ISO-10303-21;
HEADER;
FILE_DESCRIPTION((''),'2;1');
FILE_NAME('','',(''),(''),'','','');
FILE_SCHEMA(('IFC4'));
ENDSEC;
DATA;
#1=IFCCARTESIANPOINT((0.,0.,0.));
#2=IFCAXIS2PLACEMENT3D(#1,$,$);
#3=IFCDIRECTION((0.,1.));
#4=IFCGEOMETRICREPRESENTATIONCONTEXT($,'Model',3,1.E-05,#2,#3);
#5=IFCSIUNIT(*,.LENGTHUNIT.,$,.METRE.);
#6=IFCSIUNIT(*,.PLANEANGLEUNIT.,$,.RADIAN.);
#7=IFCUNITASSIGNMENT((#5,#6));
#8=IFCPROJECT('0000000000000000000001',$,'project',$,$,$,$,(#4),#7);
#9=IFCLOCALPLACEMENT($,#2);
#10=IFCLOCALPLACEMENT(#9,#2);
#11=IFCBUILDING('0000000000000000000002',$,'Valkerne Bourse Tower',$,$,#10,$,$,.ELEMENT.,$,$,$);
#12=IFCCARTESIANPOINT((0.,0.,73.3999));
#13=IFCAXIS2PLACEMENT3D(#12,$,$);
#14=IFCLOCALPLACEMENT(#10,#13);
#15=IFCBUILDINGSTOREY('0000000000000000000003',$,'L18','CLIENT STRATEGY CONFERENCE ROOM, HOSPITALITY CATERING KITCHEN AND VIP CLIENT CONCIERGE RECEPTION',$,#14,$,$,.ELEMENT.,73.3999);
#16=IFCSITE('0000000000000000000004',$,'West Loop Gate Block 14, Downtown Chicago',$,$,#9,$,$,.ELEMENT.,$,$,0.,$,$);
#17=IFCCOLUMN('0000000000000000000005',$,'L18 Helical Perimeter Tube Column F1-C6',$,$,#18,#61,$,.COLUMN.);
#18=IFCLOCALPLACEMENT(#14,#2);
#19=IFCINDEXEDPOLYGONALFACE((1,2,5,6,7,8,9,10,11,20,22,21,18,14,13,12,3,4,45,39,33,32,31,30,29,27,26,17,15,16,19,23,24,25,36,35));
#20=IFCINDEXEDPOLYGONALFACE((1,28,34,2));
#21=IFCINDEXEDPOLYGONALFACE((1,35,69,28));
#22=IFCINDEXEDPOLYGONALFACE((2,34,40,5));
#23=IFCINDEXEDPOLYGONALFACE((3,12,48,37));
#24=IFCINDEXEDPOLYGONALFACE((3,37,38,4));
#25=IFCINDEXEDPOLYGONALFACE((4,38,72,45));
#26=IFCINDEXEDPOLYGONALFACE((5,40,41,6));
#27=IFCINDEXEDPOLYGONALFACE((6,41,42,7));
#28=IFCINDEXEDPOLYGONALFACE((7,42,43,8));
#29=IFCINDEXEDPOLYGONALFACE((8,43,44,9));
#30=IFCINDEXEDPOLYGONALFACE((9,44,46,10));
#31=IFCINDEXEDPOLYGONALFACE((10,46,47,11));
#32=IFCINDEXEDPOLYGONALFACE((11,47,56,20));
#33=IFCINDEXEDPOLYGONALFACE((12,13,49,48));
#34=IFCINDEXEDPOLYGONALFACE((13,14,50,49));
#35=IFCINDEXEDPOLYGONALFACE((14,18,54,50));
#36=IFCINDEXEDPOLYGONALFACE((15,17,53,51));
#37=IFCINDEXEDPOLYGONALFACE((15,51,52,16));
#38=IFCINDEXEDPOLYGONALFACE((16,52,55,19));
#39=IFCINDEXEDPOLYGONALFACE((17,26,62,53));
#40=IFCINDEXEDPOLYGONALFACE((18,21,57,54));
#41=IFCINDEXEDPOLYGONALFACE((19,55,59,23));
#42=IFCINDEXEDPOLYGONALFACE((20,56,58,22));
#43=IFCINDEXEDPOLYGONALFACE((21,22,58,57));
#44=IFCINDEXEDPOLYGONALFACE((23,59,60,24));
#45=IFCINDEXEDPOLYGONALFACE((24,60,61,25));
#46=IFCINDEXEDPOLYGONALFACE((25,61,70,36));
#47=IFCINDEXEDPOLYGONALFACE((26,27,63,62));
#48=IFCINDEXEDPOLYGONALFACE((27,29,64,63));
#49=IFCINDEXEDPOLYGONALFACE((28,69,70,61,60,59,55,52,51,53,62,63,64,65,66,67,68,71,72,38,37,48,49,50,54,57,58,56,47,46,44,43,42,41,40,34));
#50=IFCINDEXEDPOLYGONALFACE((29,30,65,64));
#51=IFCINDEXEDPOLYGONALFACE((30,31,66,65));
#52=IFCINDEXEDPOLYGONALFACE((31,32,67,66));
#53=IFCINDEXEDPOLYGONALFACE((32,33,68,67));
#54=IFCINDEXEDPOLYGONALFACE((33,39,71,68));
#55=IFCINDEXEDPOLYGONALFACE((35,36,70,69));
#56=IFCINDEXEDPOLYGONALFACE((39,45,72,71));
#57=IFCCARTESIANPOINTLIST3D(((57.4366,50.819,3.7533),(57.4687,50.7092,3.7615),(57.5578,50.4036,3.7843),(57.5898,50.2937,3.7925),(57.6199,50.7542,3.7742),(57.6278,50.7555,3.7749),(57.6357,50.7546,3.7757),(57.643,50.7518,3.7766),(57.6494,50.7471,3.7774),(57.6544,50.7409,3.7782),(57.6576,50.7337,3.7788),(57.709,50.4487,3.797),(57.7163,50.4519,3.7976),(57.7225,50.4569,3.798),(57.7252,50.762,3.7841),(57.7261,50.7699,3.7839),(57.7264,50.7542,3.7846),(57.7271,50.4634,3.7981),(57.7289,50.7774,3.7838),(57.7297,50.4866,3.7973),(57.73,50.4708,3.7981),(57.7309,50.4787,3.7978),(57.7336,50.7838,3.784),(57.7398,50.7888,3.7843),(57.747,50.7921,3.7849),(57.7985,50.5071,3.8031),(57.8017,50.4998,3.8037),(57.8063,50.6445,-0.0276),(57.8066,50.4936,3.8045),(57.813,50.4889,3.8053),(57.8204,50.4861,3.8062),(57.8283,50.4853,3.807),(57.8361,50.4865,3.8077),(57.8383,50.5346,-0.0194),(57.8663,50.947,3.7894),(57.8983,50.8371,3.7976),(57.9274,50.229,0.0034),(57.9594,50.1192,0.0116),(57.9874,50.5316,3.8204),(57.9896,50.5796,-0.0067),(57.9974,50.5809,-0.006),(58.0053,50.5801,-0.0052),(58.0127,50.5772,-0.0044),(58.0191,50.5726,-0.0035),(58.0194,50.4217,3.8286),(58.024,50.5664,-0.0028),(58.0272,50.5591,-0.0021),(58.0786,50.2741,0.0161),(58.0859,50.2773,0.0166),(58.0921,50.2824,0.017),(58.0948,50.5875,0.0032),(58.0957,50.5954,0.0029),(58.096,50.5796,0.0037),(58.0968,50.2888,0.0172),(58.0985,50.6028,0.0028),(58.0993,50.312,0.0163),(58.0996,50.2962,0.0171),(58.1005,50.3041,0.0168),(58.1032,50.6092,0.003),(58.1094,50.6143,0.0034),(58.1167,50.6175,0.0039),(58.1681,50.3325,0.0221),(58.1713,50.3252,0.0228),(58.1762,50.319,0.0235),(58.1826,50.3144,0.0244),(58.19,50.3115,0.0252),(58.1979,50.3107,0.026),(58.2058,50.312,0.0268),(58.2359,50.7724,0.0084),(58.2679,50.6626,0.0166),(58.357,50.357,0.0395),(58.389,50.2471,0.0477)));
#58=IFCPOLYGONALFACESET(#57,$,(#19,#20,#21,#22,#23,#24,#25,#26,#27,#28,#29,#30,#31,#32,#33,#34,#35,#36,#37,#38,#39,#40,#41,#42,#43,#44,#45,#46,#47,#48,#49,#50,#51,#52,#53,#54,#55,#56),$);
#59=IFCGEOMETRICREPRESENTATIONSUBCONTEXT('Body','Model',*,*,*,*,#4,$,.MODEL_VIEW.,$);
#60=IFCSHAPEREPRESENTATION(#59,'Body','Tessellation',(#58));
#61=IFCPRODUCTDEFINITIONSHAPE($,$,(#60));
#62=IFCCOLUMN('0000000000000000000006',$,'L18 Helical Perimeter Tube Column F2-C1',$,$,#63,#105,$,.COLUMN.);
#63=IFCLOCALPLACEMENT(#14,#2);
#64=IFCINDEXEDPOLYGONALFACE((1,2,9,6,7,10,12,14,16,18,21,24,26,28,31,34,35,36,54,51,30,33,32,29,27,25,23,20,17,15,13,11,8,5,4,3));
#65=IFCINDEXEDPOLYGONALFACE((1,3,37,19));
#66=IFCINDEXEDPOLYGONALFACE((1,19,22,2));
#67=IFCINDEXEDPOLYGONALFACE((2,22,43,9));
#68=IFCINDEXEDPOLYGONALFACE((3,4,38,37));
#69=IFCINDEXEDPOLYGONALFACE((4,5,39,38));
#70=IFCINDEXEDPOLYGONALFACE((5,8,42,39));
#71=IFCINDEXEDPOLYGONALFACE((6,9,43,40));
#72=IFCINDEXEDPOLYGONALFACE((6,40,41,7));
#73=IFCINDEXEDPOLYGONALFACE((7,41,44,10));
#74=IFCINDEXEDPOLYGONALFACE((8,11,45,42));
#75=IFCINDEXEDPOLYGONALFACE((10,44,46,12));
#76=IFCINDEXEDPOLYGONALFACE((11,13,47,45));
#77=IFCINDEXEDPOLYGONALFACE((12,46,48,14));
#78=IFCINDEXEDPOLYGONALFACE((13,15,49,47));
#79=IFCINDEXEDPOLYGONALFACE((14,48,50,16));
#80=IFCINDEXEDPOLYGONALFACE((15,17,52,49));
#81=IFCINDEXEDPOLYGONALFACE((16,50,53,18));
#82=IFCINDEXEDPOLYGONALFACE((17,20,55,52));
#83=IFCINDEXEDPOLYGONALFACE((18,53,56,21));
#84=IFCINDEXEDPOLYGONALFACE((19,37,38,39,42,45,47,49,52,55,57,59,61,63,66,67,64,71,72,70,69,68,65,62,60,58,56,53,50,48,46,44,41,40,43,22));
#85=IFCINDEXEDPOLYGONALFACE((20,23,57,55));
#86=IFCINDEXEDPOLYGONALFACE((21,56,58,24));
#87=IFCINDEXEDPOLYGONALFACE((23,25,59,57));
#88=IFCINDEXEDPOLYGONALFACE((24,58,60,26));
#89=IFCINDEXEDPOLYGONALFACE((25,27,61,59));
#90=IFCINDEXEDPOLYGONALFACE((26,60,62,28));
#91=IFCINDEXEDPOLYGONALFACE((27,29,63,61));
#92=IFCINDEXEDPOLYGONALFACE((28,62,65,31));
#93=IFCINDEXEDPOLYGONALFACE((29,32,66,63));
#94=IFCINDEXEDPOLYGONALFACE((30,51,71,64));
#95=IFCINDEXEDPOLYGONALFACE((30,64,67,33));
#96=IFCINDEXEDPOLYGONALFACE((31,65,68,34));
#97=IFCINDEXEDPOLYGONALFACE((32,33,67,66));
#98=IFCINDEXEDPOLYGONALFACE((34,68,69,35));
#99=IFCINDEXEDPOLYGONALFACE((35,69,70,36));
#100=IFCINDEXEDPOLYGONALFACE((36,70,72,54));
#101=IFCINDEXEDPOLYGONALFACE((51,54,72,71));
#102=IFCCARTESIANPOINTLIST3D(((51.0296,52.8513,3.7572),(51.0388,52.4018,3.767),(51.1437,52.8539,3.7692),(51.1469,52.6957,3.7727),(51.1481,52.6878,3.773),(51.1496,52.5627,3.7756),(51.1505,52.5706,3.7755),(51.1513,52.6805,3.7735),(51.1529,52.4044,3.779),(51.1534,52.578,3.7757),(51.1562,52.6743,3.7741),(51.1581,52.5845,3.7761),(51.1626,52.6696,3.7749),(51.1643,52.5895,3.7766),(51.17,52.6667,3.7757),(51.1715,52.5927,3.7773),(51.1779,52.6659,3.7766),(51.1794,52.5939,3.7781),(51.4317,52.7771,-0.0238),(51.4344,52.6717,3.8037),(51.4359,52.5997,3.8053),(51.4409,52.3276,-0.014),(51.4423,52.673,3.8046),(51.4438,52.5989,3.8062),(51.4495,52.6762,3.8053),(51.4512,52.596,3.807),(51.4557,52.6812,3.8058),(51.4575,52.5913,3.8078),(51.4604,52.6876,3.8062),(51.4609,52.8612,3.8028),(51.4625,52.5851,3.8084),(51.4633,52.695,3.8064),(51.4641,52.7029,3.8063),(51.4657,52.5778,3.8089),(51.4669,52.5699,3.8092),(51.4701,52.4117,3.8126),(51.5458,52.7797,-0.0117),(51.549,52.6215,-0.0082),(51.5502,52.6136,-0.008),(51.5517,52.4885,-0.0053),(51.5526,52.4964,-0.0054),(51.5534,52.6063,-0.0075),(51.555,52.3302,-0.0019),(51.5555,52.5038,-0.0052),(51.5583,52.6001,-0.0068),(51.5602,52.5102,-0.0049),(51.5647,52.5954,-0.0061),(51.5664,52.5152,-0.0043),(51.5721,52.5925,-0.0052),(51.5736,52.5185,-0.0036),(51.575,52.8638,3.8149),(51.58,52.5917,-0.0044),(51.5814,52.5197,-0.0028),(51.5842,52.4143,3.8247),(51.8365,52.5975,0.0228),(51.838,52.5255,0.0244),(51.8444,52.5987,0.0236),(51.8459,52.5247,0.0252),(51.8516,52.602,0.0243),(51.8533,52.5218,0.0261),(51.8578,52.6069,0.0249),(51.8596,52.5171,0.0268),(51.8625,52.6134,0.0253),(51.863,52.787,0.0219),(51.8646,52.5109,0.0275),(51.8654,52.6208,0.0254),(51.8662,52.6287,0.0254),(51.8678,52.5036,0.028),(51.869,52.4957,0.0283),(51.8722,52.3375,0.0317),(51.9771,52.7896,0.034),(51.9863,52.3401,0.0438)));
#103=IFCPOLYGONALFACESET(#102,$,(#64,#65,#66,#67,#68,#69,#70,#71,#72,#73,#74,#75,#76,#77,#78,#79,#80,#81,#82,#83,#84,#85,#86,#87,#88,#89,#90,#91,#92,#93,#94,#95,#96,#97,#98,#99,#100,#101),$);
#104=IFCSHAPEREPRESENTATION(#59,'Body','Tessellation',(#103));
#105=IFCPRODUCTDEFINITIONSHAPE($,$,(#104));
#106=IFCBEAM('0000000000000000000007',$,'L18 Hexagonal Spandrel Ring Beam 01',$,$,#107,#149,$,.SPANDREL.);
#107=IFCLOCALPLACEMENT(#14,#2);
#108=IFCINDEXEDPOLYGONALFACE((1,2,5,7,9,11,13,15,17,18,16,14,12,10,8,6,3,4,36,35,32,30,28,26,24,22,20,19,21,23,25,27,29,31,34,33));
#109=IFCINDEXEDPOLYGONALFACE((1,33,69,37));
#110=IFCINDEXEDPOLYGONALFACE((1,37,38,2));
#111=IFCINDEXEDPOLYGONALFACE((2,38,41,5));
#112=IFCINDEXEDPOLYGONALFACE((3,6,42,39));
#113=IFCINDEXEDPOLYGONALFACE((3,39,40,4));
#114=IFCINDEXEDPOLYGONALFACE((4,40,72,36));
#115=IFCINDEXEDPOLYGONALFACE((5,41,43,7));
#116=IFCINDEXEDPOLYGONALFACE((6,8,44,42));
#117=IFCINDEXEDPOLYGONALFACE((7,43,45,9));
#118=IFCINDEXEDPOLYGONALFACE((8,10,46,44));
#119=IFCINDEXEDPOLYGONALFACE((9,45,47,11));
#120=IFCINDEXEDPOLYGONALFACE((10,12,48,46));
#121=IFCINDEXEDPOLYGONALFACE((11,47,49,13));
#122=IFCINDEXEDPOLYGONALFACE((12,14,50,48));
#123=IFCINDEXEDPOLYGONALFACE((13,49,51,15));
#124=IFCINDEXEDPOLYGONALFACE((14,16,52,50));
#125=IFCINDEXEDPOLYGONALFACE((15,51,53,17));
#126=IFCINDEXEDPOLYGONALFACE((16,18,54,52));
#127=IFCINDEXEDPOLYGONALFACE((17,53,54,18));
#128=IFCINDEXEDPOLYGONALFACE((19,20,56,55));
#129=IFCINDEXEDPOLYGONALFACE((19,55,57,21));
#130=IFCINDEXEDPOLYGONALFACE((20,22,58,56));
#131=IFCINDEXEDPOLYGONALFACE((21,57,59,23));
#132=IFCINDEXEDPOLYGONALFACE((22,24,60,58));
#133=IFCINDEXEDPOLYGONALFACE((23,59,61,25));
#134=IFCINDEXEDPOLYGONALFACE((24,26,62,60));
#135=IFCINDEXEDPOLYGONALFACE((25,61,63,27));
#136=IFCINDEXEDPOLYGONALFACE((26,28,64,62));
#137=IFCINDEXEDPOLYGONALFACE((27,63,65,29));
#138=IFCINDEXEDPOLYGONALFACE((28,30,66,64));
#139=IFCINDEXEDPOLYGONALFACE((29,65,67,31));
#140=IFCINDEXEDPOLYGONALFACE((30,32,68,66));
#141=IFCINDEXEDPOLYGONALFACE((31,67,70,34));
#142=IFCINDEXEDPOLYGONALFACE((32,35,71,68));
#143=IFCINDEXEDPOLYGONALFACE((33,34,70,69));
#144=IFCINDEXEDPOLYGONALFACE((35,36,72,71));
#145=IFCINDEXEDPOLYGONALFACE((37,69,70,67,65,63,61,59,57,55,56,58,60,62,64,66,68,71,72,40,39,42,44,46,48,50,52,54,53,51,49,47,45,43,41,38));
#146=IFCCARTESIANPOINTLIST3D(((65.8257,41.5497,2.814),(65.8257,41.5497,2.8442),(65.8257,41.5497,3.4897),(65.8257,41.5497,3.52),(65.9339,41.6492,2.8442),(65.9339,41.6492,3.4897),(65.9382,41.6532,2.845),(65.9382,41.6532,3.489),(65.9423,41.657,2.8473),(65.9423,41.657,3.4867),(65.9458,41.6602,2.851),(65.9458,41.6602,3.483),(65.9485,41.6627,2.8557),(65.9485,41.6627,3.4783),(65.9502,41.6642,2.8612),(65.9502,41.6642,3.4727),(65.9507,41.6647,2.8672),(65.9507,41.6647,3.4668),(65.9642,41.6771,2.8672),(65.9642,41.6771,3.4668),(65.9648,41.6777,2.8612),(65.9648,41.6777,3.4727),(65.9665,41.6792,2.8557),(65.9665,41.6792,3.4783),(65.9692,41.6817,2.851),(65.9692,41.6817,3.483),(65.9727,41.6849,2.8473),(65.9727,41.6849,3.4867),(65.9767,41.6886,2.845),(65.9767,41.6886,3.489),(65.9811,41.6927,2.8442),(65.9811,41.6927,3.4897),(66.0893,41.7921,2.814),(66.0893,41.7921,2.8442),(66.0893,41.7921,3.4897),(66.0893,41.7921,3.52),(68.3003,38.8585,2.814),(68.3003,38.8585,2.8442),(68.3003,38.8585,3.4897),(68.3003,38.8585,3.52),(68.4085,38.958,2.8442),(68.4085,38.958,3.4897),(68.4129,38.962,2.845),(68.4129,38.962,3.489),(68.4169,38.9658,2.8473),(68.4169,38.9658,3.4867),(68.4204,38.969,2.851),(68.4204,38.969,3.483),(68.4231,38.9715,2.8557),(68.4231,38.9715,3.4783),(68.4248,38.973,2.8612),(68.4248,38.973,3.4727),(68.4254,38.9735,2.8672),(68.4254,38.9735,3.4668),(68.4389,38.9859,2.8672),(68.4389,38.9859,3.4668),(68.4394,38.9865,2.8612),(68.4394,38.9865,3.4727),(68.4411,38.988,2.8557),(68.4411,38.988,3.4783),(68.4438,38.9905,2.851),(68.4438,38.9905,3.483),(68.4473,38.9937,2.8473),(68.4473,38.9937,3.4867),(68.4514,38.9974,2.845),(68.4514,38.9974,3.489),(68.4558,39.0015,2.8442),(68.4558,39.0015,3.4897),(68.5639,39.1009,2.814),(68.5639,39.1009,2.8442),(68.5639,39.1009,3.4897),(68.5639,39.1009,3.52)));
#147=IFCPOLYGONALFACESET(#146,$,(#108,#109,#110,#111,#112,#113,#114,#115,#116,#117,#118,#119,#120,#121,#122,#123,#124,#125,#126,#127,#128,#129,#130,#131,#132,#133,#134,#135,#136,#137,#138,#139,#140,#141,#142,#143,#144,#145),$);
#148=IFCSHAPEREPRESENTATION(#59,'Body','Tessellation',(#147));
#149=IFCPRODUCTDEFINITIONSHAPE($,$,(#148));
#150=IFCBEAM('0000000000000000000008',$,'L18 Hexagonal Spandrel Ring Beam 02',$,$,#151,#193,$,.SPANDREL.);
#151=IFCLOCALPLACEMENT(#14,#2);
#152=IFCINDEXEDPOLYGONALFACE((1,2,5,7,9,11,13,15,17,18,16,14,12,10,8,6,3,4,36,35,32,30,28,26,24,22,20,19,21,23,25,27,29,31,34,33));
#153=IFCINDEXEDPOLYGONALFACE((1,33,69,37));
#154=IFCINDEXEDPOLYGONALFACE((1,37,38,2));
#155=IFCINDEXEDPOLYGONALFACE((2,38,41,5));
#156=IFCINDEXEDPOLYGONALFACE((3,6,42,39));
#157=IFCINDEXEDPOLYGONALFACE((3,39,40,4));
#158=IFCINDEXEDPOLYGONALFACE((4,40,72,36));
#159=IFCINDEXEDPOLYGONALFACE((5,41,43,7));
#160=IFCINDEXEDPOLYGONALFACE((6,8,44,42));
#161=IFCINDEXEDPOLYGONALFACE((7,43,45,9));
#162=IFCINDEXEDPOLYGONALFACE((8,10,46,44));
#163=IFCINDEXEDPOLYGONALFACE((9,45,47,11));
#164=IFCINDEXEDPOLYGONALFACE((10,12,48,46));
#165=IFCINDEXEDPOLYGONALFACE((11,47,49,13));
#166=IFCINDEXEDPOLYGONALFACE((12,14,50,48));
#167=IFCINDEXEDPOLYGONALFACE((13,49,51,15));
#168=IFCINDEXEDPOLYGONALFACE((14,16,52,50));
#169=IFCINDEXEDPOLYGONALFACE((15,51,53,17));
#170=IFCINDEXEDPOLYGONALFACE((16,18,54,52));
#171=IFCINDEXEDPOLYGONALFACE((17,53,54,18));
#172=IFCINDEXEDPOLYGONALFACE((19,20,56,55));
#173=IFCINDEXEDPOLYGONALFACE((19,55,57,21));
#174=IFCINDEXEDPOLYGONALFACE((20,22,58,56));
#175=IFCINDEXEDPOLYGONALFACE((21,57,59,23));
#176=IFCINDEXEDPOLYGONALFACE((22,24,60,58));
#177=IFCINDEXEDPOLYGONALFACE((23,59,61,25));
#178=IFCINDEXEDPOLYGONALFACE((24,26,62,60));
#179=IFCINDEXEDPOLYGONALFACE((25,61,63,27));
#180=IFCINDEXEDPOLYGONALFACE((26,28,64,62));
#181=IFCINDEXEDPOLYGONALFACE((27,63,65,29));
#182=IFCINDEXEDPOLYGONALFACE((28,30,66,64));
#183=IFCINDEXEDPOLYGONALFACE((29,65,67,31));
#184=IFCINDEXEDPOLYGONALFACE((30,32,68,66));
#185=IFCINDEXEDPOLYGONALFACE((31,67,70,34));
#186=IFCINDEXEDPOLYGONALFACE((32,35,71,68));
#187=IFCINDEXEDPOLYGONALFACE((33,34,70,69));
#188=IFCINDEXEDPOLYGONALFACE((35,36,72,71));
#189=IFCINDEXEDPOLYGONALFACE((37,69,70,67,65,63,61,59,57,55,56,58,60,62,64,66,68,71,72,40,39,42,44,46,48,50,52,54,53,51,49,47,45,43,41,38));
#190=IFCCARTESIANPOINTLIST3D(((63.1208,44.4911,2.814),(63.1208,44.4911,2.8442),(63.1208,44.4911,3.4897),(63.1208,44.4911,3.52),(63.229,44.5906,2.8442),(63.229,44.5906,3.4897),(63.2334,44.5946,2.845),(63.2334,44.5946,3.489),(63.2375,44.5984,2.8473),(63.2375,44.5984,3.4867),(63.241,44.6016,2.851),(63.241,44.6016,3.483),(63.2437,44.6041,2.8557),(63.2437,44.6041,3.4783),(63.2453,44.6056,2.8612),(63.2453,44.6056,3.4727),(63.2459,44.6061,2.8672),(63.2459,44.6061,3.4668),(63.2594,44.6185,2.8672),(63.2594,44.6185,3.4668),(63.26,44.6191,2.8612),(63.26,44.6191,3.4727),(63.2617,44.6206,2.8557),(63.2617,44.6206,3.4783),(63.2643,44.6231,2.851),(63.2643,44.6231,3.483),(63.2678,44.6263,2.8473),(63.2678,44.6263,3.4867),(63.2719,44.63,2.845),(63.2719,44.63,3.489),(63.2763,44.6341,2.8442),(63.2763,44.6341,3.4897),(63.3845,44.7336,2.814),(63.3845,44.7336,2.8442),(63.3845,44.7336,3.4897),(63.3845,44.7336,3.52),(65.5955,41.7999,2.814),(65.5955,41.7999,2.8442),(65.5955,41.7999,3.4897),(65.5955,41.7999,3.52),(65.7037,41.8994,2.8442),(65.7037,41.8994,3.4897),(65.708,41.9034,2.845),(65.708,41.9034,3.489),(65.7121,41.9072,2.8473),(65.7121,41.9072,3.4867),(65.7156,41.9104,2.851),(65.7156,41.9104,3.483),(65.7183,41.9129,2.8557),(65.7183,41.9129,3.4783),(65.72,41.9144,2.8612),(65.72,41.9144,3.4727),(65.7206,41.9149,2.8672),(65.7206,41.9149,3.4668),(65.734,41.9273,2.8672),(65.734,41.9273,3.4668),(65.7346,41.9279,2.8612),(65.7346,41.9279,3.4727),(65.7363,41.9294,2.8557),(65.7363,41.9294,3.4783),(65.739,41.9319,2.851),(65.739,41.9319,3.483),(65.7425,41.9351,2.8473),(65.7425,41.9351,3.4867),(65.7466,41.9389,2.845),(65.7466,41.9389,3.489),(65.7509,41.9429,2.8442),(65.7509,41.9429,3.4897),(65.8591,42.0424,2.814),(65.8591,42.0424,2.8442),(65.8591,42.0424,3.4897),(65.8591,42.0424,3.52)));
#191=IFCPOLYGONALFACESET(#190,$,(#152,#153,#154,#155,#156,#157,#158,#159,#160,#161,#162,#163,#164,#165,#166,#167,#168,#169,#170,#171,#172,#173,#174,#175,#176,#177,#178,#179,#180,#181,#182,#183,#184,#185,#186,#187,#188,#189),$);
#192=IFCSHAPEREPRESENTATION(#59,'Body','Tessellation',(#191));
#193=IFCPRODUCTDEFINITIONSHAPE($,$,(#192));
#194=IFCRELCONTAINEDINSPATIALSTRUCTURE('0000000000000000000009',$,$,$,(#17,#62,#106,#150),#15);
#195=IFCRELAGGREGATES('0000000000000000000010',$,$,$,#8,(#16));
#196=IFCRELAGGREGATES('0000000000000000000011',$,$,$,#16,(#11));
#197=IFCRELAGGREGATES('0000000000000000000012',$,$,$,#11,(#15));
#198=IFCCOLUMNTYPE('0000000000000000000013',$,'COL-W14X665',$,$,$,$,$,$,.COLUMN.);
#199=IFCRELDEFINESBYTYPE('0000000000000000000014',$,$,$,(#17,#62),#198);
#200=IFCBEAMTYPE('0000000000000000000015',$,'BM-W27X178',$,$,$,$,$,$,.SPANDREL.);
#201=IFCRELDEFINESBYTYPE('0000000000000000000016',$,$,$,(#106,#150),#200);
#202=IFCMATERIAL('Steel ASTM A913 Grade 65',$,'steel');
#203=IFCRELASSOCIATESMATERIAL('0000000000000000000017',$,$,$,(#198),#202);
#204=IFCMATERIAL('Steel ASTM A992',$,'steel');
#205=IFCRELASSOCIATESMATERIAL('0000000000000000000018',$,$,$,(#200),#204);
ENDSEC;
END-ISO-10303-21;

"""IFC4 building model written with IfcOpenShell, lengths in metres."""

from ifc_helpers import new_model, si_unit, direction, frame, origin, origin_2d, place, context, subcontext, project, spatial, i_section, extrude, material, material_profile, profile_set, type_object, element, save


model = new_model("IFC4")

# Units and contexts
model_context = context("Model", 3, precision=1e-05, world=origin(), true_north=direction((0.0, 1.0)))
body_context = subcontext(model_context, "Body", "Model", "MODEL_VIEW")
ifc_project = project(units=[si_unit("LENGTHUNIT", "METRE"), si_unit("PLANEANGLEUNIT", "RADIAN")], contexts=[model_context])

# Site, building, storey
site_placement = place(None, origin())
site = spatial("IfcSite", under=ifc_project, at=site_placement, Name="West Loop Gate Block 14, Downtown Chicago", CompositionType="ELEMENT", RefElevation=0.0)
building_placement = place(site_placement, origin())
building = spatial("IfcBuilding", under=site, at=building_placement, Name="Valkerne Bourse Tower", CompositionType="ELEMENT")
storey_placement = place(building_placement, frame((0.0, 0.0, 73.3999)))
storey = spatial("IfcBuildingStorey", under=building, at=storey_placement, Name="L18", Description="CLIENT STRATEGY CONFERENCE ROOM, HOSPITALITY CATERING KITCHEN AND VIP CLIENT CONCIERGE RECEPTION", CompositionType="ELEMENT", Elevation=73.3999)

# Columns
ifc_material_1 = material(Name="Steel ASTM A913 Grade 65", Category="steel")
ifc_material_profile_1 = material_profile(ifc_material_1, i_section(OverallWidth=0.4497, OverallDepth=0.5486, WebThickness=0.072, FlangeThickness=0.1147, FilletRadius=0.0305, at=origin_2d()), Name="W14X665")
ifc_profile_set_1 = profile_set([ifc_material_profile_1], Name="Steel ASTM A913 Grade 65")
column_type = type_object("IfcColumnType", Name="COL-W14X665", PredefinedType="COLUMN", material=ifc_profile_set_1)
for number, where, z_axis, x_axis, name in (
    (1, (58.0977, 50.4458, 0.01), (-0.097193, 0.0459, 0.994207), (0.955301, 0.284533, 0.080253), "L18 Helical Perimeter Tube Column F1-C6"),
    (2, (51.709, 52.5586, 0.01), (-0.105731, 0.019516, 0.994203), (-0.020522, 0.999552, -0.021803), "L18 Helical Perimeter Tube Column F2-C1"),
):
    element("IfcColumn", number, at=place(storey_placement, frame(where, z_axis=z_axis, x_axis=x_axis)), inside=storey, type_object=column_type, Name=name, PredefinedType="COLUMN", context=body_context, shape_type="SweptSolid", body=[
        extrude(i_section(OverallWidth=0.4497, OverallDepth=0.5486, WebThickness=0.072, FlangeThickness=0.1147, FilletRadius=0.0305, at=origin_2d()), origin(), (0.0, 0.0, 1.0), 3.803),
    ])

# Beams
ifc_material_2 = material(Name="Steel ASTM A992", Category="steel")
ifc_material_profile_2 = material_profile(ifc_material_2, i_section(OverallWidth=0.3582, OverallDepth=0.7061, WebThickness=0.0183, FlangeThickness=0.0303, FilletRadius=0.0229, at=origin_2d()), Name="W27X178")
ifc_profile_set_2 = profile_set([ifc_material_profile_2], Name="Steel ASTM A992")
beam_type = type_object("IfcBeamType", Name="BM-W27X178", PredefinedType="SPANDREL", material=ifc_profile_set_2)
for number, where, z_axis, x_axis, name in (
    (3, (68.4321, 38.9797, 3.167), (-0.67687, 0.736103, 0.0), (-0.736103, -0.67687, 0.0), "L18 Hexagonal Spandrel Ring Beam 01"),
    (4, (65.7273, 41.9211, 3.167), (-0.67687, 0.736103, 0.0), (-0.736103, -0.67687, 0.0), "L18 Hexagonal Spandrel Ring Beam 02"),
):
    element("IfcBeam", number, at=place(storey_placement, frame(where, z_axis=z_axis, x_axis=x_axis)), inside=storey, type_object=beam_type, Name=name, PredefinedType="SPANDREL", context=body_context, shape_type="SweptSolid", body=[
        extrude(i_section(OverallWidth=0.3582, OverallDepth=0.7061, WebThickness=0.0183, FlangeThickness=0.0303, FilletRadius=0.0229, at=origin_2d()), origin(), (0.0, 0.0, 1.0), 3.656),
    ])

save(model, "model.ifc")
